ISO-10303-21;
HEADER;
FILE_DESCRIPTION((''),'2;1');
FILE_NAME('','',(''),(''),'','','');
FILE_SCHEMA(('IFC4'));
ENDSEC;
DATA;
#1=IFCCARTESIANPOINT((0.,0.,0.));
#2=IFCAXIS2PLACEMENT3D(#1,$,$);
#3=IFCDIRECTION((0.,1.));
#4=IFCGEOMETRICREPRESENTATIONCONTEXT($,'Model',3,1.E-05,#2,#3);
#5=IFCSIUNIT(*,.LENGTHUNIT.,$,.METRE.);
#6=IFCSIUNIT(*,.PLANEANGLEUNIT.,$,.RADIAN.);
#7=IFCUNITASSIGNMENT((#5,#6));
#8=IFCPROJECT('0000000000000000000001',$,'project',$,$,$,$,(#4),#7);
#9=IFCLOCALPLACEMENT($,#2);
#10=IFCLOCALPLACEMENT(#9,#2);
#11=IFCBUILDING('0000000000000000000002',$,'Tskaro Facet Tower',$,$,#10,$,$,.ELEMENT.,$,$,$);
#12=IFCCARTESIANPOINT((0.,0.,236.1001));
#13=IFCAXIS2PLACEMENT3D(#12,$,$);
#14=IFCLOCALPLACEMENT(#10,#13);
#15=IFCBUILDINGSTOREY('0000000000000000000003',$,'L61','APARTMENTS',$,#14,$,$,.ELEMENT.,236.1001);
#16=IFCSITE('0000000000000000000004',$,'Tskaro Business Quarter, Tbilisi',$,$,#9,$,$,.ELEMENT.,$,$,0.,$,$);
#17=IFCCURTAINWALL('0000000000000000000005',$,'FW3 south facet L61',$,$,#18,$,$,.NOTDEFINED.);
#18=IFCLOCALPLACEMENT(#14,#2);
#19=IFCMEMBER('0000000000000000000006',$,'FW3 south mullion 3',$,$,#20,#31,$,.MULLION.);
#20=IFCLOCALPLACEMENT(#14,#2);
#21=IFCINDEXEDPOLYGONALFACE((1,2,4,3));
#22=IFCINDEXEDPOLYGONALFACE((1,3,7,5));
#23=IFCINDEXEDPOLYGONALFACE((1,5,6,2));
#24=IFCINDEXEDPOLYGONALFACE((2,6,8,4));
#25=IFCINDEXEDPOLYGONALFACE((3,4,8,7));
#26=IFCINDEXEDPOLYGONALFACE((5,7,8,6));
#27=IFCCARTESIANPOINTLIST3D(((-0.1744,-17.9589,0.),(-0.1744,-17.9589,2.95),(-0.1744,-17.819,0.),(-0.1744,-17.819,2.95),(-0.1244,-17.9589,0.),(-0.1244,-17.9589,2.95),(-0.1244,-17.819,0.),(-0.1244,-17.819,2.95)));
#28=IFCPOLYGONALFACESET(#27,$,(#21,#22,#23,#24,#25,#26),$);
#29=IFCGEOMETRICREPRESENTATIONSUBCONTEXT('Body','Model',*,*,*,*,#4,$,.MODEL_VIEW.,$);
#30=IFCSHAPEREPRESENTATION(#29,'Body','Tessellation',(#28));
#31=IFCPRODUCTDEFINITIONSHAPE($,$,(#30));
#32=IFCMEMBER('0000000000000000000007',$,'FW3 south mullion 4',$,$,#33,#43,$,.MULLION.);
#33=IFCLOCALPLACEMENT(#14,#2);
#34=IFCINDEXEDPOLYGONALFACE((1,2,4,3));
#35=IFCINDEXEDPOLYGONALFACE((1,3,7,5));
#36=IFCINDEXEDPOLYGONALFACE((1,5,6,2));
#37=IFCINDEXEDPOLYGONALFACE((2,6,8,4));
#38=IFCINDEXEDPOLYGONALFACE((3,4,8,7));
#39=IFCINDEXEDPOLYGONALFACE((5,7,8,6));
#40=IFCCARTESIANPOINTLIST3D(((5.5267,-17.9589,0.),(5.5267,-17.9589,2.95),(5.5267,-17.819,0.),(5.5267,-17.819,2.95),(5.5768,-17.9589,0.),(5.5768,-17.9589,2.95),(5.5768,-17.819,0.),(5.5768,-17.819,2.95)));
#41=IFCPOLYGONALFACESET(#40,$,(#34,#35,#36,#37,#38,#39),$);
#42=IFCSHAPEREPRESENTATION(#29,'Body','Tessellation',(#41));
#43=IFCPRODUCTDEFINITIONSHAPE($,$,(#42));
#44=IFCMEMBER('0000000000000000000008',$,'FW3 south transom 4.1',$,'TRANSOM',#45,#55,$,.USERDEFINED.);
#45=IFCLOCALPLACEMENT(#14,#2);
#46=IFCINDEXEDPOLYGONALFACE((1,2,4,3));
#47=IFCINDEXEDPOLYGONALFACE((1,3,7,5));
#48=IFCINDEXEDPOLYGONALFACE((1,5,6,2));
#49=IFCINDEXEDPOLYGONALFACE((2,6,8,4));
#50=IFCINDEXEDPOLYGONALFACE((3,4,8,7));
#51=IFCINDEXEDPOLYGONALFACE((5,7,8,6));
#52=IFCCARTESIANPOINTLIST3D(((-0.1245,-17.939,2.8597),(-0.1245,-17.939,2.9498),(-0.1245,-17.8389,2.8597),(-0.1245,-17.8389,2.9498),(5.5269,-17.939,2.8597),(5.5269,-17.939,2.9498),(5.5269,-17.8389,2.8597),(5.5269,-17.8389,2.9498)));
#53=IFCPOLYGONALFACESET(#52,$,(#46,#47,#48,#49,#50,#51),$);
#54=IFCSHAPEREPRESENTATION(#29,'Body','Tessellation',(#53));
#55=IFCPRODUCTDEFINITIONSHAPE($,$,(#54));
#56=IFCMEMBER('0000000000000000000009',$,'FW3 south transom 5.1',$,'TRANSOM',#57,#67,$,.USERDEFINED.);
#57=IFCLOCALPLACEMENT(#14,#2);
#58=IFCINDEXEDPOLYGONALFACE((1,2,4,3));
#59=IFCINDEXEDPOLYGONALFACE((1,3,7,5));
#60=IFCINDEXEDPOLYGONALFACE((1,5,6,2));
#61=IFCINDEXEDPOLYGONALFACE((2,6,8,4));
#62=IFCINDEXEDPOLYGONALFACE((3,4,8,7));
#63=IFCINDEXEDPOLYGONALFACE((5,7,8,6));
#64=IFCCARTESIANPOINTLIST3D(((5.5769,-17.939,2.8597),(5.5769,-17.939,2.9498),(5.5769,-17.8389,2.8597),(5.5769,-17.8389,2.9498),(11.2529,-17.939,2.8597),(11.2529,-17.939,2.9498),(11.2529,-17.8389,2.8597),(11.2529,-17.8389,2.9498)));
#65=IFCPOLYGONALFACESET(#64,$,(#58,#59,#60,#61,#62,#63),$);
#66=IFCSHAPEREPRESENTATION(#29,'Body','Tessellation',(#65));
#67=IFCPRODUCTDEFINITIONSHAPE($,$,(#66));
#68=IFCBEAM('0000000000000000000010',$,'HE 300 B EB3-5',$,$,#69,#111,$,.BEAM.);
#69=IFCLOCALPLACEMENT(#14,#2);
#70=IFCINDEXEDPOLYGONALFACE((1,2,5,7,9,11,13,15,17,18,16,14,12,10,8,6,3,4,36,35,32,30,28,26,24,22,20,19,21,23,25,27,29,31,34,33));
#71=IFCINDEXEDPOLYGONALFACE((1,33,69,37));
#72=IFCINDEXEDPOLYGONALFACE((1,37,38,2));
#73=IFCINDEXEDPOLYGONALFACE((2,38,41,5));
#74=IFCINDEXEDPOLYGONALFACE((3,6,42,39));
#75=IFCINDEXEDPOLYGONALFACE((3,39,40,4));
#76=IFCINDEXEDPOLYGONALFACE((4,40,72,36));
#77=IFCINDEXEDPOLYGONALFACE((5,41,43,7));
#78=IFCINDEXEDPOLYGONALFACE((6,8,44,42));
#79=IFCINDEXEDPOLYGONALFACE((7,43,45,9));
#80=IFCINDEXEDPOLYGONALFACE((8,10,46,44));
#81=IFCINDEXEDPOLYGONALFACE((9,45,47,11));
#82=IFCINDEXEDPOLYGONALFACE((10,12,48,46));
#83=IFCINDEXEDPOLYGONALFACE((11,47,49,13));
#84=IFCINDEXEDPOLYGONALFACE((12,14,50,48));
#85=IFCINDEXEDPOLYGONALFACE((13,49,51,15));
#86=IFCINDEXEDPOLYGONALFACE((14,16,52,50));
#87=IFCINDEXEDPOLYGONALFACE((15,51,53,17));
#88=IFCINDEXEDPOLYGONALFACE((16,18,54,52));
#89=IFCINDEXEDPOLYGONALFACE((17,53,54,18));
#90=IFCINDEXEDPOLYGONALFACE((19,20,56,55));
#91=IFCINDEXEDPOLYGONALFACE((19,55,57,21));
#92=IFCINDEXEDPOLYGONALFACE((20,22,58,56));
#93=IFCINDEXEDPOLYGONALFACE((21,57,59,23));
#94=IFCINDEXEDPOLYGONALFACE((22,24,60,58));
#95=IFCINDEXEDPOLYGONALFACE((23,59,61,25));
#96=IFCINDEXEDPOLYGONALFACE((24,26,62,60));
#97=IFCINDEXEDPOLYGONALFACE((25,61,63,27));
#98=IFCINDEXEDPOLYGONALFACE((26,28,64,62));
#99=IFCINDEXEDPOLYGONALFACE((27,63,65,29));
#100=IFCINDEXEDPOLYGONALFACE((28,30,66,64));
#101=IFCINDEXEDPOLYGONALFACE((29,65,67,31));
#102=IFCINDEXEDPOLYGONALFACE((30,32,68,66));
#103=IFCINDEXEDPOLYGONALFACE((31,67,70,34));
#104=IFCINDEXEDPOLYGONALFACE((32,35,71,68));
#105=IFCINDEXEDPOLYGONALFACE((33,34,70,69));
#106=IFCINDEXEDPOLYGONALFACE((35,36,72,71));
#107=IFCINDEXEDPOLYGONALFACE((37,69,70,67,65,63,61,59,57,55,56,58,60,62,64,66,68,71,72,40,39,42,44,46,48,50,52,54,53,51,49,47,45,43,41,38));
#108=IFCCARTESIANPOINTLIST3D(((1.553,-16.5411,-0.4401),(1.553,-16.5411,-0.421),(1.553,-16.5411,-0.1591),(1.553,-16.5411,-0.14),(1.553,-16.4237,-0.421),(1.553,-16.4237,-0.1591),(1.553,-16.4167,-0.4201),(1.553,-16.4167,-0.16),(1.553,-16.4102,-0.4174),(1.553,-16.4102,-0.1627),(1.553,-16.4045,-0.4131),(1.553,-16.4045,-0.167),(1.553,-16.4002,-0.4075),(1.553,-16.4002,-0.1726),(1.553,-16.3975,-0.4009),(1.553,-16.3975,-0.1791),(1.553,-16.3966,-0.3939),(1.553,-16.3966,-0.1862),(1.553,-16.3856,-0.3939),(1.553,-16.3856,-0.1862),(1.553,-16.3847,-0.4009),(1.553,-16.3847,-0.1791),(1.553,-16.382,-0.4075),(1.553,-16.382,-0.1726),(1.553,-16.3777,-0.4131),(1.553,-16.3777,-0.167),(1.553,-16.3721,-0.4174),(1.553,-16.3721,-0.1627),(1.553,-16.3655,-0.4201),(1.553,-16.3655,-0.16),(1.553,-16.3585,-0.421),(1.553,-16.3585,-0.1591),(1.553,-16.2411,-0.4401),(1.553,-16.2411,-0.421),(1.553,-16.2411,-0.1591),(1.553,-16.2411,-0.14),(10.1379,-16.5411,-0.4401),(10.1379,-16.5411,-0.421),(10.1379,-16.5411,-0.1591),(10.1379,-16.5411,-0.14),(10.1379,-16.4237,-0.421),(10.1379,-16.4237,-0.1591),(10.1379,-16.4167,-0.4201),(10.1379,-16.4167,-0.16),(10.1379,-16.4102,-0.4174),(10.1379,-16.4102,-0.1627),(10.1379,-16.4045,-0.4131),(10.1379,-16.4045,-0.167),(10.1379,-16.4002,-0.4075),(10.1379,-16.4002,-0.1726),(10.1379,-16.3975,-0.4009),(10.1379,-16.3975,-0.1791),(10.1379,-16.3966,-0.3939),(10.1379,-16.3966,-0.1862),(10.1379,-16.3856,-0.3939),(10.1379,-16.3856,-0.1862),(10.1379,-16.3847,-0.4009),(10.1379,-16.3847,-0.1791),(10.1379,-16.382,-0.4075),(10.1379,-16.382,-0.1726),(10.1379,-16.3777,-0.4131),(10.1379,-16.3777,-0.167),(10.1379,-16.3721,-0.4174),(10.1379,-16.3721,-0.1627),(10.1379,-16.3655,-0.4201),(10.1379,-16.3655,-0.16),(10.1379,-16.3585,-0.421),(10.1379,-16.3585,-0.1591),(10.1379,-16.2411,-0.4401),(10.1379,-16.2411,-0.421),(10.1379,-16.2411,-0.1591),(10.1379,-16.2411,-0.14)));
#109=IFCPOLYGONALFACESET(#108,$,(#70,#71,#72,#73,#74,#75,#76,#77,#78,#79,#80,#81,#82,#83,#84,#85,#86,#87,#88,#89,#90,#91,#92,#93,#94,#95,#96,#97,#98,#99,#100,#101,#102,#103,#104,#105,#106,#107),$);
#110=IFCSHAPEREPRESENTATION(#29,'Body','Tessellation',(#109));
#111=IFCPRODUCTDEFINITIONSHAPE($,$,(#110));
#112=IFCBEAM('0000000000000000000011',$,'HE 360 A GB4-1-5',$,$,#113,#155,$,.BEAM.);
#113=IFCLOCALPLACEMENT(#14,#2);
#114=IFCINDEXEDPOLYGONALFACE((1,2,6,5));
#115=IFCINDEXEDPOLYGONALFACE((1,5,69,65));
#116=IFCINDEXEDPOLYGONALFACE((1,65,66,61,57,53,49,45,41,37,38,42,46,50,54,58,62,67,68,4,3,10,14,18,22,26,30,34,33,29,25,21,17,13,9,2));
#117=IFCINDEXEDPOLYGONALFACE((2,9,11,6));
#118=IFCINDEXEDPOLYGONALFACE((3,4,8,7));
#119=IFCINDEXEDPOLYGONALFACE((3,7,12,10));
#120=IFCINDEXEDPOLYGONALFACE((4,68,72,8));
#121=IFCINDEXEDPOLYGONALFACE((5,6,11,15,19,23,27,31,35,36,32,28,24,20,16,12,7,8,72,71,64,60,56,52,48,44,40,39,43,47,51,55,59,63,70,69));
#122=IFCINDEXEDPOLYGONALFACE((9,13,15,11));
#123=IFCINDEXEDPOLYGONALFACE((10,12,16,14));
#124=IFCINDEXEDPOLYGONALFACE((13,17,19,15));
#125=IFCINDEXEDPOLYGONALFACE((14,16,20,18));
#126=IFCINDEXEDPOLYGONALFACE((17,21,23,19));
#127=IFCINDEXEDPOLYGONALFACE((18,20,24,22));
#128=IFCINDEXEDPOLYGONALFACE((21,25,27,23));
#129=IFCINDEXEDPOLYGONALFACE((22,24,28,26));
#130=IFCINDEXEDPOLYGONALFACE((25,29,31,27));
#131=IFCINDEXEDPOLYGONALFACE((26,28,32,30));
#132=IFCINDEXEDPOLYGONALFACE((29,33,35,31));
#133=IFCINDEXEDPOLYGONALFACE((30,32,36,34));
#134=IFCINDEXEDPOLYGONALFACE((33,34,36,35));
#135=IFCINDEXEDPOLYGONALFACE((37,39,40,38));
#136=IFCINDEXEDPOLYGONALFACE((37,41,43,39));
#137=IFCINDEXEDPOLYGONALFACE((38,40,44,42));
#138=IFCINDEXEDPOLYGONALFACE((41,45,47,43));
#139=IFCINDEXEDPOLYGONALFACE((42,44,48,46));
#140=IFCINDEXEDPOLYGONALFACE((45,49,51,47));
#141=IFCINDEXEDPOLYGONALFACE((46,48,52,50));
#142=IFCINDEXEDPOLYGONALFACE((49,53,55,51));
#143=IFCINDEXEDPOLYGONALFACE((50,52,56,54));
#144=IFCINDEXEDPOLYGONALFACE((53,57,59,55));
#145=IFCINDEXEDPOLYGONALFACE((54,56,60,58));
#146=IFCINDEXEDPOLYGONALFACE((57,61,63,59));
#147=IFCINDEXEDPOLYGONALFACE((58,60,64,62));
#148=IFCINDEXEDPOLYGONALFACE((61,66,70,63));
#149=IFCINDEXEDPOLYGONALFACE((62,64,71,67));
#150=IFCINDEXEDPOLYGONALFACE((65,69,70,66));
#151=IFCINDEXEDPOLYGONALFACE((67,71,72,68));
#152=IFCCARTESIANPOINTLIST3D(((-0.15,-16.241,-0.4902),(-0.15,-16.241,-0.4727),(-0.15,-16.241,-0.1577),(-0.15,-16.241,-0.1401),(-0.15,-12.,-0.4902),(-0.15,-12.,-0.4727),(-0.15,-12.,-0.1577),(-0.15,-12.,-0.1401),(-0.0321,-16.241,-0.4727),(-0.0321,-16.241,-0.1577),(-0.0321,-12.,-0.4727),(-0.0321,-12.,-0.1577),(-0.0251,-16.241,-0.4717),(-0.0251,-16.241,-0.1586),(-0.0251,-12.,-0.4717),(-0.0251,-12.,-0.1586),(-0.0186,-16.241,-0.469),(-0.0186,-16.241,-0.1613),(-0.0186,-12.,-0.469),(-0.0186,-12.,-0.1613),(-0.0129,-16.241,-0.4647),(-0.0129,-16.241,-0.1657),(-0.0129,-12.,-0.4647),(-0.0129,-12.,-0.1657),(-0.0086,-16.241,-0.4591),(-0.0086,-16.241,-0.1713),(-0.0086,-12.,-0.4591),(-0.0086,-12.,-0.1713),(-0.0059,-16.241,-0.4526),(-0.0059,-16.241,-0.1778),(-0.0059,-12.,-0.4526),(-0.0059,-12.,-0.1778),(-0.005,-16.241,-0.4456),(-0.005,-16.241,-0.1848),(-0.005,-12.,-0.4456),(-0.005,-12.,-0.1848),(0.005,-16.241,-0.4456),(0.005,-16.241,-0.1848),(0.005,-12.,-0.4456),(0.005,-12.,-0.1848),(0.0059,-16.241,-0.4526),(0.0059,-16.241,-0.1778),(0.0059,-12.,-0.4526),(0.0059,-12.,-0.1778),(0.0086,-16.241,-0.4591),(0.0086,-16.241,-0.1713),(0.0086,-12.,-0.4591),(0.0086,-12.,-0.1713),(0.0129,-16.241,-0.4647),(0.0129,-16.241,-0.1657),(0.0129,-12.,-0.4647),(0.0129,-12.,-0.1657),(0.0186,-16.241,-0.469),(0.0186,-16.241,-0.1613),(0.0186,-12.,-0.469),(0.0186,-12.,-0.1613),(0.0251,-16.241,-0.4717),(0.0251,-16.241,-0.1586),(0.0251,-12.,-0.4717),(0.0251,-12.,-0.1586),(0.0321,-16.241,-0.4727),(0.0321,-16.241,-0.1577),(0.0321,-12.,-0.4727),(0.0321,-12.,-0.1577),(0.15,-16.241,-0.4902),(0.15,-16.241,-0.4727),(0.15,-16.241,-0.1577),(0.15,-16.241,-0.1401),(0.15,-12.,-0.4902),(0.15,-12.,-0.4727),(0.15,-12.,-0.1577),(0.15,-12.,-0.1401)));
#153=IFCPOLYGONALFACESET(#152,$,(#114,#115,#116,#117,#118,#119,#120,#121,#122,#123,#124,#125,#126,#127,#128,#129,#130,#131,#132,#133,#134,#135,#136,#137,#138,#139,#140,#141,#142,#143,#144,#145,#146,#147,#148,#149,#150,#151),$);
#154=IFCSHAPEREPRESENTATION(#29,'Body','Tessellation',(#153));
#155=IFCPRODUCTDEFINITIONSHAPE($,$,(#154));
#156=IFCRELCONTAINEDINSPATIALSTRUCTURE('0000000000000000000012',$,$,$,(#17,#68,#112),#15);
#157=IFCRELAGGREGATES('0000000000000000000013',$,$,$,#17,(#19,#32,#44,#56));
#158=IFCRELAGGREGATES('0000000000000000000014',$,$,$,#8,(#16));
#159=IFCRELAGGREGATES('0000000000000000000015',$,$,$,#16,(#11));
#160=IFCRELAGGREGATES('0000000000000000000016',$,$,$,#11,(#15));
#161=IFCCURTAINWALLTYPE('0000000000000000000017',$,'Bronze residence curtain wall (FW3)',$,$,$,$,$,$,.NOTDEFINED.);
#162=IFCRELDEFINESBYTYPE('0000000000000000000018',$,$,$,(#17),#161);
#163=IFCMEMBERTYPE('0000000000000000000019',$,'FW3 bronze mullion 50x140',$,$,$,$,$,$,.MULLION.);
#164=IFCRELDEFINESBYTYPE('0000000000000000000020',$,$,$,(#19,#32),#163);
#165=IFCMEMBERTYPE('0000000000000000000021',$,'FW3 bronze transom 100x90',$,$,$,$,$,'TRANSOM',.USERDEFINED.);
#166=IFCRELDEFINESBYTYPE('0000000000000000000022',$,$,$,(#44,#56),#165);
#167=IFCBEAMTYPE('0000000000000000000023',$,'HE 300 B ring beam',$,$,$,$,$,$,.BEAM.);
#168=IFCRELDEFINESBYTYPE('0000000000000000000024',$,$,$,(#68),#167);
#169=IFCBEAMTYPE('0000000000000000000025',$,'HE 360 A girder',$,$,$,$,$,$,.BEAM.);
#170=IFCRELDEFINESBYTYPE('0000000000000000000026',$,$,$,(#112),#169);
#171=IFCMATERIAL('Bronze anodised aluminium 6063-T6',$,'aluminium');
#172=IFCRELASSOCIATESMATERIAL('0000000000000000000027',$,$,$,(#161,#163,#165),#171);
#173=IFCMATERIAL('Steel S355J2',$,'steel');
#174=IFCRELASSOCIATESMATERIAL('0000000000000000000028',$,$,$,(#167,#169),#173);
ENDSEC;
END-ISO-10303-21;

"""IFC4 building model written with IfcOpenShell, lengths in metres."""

from ifc_helpers import new_model, si_unit, direction, frame, origin, origin_2d, place, context, subcontext, project, spatial, rectangle, i_section, extrude, material, material_profile, profile_set, type_object, element, aggregate, save


model = new_model("IFC4")

# Units and contexts
model_context = context("Model", 3, precision=1e-05, world=origin(), true_north=direction((0.0, 1.0)))
body_context = subcontext(model_context, "Body", "Model", "MODEL_VIEW")
ifc_project = project(units=[si_unit("LENGTHUNIT", "METRE"), si_unit("PLANEANGLEUNIT", "RADIAN")], contexts=[model_context])

# Site, building, storey
site_placement = place(None, origin())
site = spatial("IfcSite", under=ifc_project, at=site_placement, Name="Tskaro Business Quarter, Tbilisi", CompositionType="ELEMENT", RefElevation=0.0)
building_placement = place(site_placement, origin())
building = spatial("IfcBuilding", under=site, at=building_placement, Name="Tskaro Facet Tower", CompositionType="ELEMENT")
storey_placement = place(building_placement, frame((0.0, 0.0, 236.1001)))
storey = spatial("IfcBuildingStorey", under=building, at=storey_placement, Name="L61", Description="APARTMENTS", CompositionType="ELEMENT", Elevation=236.1001)

# Curtain wall, members
ifc_material_1 = material(Name="Bronze anodised aluminium 6063-T6", Category="aluminium")
curtain_wall_type = type_object("IfcCurtainWallType", Name="Bronze residence curtain wall (FW3)", PredefinedType="NOTDEFINED", material=ifc_material_1)
curtain_wall_placement = place(storey_placement, origin())
curtain_wall = element("IfcCurtainWall", 1, at=curtain_wall_placement, inside=storey, type_object=curtain_wall_type, Name="FW3 south facet L61", PredefinedType="NOTDEFINED")
ifc_material_profile_1 = material_profile(ifc_material_1, rectangle(XDim=0.05, YDim=0.1399, at=origin_2d()), Name="Mullion 50x140")
ifc_profile_set_1 = profile_set([ifc_material_profile_1], Name="Bronze anodised aluminium 6063-T6")
member_type_1 = type_object("IfcMemberType", Name="FW3 bronze mullion 50x140", PredefinedType="MULLION", material=ifc_profile_set_1)
member_1_placement = place(storey_placement, frame((-0.1494, -17.8889, 0.0), z_axis=(0.0, 0.0, 1.0), x_axis=(1.0, 0.0, 0.0)))
member_1 = element("IfcMember", 2, at=member_1_placement, type_object=member_type_1, Name="FW3 south mullion 3", PredefinedType="MULLION", context=body_context, shape_type="SweptSolid", body=[
    extrude(rectangle(XDim=0.05, YDim=0.1399, at=origin_2d()), origin(), (0.0, 0.0, 1.0), 2.95),
])
member_2_placement = place(storey_placement, frame((5.5518, -17.8889, 0.0), z_axis=(0.0, 0.0, 1.0), x_axis=(1.0, 0.0, 0.0)))
member_2 = element("IfcMember", 3, at=member_2_placement, type_object=member_type_1, Name="FW3 south mullion 4", PredefinedType="MULLION", context=body_context, shape_type="SweptSolid", body=[
    extrude(rectangle(XDim=0.05, YDim=0.1399, at=origin_2d()), origin(), (0.0, 0.0, 1.0), 2.95),
])
ifc_material_profile_2 = material_profile(ifc_material_1, rectangle(XDim=0.1001, YDim=0.0901, at=origin_2d()), Name="Transom 100x90")
ifc_profile_set_2 = profile_set([ifc_material_profile_2], Name="Bronze anodised aluminium 6063-T6")
member_type_2 = type_object("IfcMemberType", Name="FW3 bronze transom 100x90", ElementType="TRANSOM", PredefinedType="USERDEFINED", material=ifc_profile_set_2)
member_3_placement = place(storey_placement, frame((-0.1245, -17.8889, 2.9048), z_axis=(1.0, 0.0, 0.0), x_axis=(0.0, 1.0, 0.0)))
member_3 = element("IfcMember", 4, at=member_3_placement, type_object=member_type_2, Name="FW3 south transom 4.1", ObjectType="TRANSOM", PredefinedType="USERDEFINED", context=body_context, shape_type="SweptSolid", body=[
    extrude(rectangle(XDim=0.1001, YDim=0.0901, at=origin_2d()), origin(), (0.0, 0.0, 1.0), 5.6514),
])
member_4_placement = place(storey_placement, frame((5.5769, -17.8889, 2.9048), z_axis=(1.0, 0.0, 0.0), x_axis=(0.0, 1.0, 0.0)))
member_4 = element("IfcMember", 5, at=member_4_placement, type_object=member_type_2, Name="FW3 south transom 5.1", ObjectType="TRANSOM", PredefinedType="USERDEFINED", context=body_context, shape_type="SweptSolid", body=[
    extrude(rectangle(XDim=0.1001, YDim=0.0901, at=origin_2d()), origin(), (0.0, 0.0, 1.0), 5.676),
])

# Beams
ifc_material_2 = material(Name="Steel S355J2", Category="steel")
ifc_material_profile_3 = material_profile(ifc_material_2, i_section(OverallWidth=0.3, OverallDepth=0.3, WebThickness=0.011, FlangeThickness=0.019, FilletRadius=0.0271, at=origin_2d()), Name="HE 300 B")
ifc_profile_set_3 = profile_set([ifc_material_profile_3], Name="Steel S355J2")
beam_type_1 = type_object("IfcBeamType", Name="HE 300 B ring beam", PredefinedType="BEAM", material=ifc_profile_set_3)
beam_1_placement = place(storey_placement, frame((1.553, -16.3911, -0.29), z_axis=(1.0, 0.0, 0.0), x_axis=(0.0, 1.0, 0.0)))
element("IfcBeam", 6, at=beam_1_placement, inside=storey, type_object=beam_type_1, Name="HE 300 B EB3-5", PredefinedType="BEAM", context=body_context, shape_type="SweptSolid", body=[
    extrude(i_section(OverallWidth=0.3, OverallDepth=0.3, WebThickness=0.011, FlangeThickness=0.019, FilletRadius=0.0271, at=origin_2d()), origin(), (0.0, 0.0, 1.0), 8.585),
])
ifc_material_profile_4 = material_profile(ifc_material_2, i_section(OverallWidth=0.3, OverallDepth=0.3501, WebThickness=0.01, FlangeThickness=0.0176, FilletRadius=0.0271, at=origin_2d()), Name="HE 360 A")
ifc_profile_set_4 = profile_set([ifc_material_profile_4], Name="Steel S355J2")
beam_type_2 = type_object("IfcBeamType", Name="HE 360 A girder", PredefinedType="BEAM", material=ifc_profile_set_4)
beam_2_placement = place(storey_placement, frame((0.0, -16.241, -0.3152), z_axis=(0.0, 1.0, 0.0), x_axis=(-1.0, 0.0, 0.0)))
element("IfcBeam", 7, at=beam_2_placement, inside=storey, type_object=beam_type_2, Name="HE 360 A GB4-1-5", PredefinedType="BEAM", context=body_context, shape_type="SweptSolid", body=[
    extrude(i_section(OverallWidth=0.3, OverallDepth=0.3501, WebThickness=0.01, FlangeThickness=0.0176, FilletRadius=0.0271, at=origin_2d()), origin(), (0.0, 0.0, 1.0), 4.241),
])

aggregate(curtain_wall, [member_1, member_2, member_3, member_4])

save(model, "model.ifc")
